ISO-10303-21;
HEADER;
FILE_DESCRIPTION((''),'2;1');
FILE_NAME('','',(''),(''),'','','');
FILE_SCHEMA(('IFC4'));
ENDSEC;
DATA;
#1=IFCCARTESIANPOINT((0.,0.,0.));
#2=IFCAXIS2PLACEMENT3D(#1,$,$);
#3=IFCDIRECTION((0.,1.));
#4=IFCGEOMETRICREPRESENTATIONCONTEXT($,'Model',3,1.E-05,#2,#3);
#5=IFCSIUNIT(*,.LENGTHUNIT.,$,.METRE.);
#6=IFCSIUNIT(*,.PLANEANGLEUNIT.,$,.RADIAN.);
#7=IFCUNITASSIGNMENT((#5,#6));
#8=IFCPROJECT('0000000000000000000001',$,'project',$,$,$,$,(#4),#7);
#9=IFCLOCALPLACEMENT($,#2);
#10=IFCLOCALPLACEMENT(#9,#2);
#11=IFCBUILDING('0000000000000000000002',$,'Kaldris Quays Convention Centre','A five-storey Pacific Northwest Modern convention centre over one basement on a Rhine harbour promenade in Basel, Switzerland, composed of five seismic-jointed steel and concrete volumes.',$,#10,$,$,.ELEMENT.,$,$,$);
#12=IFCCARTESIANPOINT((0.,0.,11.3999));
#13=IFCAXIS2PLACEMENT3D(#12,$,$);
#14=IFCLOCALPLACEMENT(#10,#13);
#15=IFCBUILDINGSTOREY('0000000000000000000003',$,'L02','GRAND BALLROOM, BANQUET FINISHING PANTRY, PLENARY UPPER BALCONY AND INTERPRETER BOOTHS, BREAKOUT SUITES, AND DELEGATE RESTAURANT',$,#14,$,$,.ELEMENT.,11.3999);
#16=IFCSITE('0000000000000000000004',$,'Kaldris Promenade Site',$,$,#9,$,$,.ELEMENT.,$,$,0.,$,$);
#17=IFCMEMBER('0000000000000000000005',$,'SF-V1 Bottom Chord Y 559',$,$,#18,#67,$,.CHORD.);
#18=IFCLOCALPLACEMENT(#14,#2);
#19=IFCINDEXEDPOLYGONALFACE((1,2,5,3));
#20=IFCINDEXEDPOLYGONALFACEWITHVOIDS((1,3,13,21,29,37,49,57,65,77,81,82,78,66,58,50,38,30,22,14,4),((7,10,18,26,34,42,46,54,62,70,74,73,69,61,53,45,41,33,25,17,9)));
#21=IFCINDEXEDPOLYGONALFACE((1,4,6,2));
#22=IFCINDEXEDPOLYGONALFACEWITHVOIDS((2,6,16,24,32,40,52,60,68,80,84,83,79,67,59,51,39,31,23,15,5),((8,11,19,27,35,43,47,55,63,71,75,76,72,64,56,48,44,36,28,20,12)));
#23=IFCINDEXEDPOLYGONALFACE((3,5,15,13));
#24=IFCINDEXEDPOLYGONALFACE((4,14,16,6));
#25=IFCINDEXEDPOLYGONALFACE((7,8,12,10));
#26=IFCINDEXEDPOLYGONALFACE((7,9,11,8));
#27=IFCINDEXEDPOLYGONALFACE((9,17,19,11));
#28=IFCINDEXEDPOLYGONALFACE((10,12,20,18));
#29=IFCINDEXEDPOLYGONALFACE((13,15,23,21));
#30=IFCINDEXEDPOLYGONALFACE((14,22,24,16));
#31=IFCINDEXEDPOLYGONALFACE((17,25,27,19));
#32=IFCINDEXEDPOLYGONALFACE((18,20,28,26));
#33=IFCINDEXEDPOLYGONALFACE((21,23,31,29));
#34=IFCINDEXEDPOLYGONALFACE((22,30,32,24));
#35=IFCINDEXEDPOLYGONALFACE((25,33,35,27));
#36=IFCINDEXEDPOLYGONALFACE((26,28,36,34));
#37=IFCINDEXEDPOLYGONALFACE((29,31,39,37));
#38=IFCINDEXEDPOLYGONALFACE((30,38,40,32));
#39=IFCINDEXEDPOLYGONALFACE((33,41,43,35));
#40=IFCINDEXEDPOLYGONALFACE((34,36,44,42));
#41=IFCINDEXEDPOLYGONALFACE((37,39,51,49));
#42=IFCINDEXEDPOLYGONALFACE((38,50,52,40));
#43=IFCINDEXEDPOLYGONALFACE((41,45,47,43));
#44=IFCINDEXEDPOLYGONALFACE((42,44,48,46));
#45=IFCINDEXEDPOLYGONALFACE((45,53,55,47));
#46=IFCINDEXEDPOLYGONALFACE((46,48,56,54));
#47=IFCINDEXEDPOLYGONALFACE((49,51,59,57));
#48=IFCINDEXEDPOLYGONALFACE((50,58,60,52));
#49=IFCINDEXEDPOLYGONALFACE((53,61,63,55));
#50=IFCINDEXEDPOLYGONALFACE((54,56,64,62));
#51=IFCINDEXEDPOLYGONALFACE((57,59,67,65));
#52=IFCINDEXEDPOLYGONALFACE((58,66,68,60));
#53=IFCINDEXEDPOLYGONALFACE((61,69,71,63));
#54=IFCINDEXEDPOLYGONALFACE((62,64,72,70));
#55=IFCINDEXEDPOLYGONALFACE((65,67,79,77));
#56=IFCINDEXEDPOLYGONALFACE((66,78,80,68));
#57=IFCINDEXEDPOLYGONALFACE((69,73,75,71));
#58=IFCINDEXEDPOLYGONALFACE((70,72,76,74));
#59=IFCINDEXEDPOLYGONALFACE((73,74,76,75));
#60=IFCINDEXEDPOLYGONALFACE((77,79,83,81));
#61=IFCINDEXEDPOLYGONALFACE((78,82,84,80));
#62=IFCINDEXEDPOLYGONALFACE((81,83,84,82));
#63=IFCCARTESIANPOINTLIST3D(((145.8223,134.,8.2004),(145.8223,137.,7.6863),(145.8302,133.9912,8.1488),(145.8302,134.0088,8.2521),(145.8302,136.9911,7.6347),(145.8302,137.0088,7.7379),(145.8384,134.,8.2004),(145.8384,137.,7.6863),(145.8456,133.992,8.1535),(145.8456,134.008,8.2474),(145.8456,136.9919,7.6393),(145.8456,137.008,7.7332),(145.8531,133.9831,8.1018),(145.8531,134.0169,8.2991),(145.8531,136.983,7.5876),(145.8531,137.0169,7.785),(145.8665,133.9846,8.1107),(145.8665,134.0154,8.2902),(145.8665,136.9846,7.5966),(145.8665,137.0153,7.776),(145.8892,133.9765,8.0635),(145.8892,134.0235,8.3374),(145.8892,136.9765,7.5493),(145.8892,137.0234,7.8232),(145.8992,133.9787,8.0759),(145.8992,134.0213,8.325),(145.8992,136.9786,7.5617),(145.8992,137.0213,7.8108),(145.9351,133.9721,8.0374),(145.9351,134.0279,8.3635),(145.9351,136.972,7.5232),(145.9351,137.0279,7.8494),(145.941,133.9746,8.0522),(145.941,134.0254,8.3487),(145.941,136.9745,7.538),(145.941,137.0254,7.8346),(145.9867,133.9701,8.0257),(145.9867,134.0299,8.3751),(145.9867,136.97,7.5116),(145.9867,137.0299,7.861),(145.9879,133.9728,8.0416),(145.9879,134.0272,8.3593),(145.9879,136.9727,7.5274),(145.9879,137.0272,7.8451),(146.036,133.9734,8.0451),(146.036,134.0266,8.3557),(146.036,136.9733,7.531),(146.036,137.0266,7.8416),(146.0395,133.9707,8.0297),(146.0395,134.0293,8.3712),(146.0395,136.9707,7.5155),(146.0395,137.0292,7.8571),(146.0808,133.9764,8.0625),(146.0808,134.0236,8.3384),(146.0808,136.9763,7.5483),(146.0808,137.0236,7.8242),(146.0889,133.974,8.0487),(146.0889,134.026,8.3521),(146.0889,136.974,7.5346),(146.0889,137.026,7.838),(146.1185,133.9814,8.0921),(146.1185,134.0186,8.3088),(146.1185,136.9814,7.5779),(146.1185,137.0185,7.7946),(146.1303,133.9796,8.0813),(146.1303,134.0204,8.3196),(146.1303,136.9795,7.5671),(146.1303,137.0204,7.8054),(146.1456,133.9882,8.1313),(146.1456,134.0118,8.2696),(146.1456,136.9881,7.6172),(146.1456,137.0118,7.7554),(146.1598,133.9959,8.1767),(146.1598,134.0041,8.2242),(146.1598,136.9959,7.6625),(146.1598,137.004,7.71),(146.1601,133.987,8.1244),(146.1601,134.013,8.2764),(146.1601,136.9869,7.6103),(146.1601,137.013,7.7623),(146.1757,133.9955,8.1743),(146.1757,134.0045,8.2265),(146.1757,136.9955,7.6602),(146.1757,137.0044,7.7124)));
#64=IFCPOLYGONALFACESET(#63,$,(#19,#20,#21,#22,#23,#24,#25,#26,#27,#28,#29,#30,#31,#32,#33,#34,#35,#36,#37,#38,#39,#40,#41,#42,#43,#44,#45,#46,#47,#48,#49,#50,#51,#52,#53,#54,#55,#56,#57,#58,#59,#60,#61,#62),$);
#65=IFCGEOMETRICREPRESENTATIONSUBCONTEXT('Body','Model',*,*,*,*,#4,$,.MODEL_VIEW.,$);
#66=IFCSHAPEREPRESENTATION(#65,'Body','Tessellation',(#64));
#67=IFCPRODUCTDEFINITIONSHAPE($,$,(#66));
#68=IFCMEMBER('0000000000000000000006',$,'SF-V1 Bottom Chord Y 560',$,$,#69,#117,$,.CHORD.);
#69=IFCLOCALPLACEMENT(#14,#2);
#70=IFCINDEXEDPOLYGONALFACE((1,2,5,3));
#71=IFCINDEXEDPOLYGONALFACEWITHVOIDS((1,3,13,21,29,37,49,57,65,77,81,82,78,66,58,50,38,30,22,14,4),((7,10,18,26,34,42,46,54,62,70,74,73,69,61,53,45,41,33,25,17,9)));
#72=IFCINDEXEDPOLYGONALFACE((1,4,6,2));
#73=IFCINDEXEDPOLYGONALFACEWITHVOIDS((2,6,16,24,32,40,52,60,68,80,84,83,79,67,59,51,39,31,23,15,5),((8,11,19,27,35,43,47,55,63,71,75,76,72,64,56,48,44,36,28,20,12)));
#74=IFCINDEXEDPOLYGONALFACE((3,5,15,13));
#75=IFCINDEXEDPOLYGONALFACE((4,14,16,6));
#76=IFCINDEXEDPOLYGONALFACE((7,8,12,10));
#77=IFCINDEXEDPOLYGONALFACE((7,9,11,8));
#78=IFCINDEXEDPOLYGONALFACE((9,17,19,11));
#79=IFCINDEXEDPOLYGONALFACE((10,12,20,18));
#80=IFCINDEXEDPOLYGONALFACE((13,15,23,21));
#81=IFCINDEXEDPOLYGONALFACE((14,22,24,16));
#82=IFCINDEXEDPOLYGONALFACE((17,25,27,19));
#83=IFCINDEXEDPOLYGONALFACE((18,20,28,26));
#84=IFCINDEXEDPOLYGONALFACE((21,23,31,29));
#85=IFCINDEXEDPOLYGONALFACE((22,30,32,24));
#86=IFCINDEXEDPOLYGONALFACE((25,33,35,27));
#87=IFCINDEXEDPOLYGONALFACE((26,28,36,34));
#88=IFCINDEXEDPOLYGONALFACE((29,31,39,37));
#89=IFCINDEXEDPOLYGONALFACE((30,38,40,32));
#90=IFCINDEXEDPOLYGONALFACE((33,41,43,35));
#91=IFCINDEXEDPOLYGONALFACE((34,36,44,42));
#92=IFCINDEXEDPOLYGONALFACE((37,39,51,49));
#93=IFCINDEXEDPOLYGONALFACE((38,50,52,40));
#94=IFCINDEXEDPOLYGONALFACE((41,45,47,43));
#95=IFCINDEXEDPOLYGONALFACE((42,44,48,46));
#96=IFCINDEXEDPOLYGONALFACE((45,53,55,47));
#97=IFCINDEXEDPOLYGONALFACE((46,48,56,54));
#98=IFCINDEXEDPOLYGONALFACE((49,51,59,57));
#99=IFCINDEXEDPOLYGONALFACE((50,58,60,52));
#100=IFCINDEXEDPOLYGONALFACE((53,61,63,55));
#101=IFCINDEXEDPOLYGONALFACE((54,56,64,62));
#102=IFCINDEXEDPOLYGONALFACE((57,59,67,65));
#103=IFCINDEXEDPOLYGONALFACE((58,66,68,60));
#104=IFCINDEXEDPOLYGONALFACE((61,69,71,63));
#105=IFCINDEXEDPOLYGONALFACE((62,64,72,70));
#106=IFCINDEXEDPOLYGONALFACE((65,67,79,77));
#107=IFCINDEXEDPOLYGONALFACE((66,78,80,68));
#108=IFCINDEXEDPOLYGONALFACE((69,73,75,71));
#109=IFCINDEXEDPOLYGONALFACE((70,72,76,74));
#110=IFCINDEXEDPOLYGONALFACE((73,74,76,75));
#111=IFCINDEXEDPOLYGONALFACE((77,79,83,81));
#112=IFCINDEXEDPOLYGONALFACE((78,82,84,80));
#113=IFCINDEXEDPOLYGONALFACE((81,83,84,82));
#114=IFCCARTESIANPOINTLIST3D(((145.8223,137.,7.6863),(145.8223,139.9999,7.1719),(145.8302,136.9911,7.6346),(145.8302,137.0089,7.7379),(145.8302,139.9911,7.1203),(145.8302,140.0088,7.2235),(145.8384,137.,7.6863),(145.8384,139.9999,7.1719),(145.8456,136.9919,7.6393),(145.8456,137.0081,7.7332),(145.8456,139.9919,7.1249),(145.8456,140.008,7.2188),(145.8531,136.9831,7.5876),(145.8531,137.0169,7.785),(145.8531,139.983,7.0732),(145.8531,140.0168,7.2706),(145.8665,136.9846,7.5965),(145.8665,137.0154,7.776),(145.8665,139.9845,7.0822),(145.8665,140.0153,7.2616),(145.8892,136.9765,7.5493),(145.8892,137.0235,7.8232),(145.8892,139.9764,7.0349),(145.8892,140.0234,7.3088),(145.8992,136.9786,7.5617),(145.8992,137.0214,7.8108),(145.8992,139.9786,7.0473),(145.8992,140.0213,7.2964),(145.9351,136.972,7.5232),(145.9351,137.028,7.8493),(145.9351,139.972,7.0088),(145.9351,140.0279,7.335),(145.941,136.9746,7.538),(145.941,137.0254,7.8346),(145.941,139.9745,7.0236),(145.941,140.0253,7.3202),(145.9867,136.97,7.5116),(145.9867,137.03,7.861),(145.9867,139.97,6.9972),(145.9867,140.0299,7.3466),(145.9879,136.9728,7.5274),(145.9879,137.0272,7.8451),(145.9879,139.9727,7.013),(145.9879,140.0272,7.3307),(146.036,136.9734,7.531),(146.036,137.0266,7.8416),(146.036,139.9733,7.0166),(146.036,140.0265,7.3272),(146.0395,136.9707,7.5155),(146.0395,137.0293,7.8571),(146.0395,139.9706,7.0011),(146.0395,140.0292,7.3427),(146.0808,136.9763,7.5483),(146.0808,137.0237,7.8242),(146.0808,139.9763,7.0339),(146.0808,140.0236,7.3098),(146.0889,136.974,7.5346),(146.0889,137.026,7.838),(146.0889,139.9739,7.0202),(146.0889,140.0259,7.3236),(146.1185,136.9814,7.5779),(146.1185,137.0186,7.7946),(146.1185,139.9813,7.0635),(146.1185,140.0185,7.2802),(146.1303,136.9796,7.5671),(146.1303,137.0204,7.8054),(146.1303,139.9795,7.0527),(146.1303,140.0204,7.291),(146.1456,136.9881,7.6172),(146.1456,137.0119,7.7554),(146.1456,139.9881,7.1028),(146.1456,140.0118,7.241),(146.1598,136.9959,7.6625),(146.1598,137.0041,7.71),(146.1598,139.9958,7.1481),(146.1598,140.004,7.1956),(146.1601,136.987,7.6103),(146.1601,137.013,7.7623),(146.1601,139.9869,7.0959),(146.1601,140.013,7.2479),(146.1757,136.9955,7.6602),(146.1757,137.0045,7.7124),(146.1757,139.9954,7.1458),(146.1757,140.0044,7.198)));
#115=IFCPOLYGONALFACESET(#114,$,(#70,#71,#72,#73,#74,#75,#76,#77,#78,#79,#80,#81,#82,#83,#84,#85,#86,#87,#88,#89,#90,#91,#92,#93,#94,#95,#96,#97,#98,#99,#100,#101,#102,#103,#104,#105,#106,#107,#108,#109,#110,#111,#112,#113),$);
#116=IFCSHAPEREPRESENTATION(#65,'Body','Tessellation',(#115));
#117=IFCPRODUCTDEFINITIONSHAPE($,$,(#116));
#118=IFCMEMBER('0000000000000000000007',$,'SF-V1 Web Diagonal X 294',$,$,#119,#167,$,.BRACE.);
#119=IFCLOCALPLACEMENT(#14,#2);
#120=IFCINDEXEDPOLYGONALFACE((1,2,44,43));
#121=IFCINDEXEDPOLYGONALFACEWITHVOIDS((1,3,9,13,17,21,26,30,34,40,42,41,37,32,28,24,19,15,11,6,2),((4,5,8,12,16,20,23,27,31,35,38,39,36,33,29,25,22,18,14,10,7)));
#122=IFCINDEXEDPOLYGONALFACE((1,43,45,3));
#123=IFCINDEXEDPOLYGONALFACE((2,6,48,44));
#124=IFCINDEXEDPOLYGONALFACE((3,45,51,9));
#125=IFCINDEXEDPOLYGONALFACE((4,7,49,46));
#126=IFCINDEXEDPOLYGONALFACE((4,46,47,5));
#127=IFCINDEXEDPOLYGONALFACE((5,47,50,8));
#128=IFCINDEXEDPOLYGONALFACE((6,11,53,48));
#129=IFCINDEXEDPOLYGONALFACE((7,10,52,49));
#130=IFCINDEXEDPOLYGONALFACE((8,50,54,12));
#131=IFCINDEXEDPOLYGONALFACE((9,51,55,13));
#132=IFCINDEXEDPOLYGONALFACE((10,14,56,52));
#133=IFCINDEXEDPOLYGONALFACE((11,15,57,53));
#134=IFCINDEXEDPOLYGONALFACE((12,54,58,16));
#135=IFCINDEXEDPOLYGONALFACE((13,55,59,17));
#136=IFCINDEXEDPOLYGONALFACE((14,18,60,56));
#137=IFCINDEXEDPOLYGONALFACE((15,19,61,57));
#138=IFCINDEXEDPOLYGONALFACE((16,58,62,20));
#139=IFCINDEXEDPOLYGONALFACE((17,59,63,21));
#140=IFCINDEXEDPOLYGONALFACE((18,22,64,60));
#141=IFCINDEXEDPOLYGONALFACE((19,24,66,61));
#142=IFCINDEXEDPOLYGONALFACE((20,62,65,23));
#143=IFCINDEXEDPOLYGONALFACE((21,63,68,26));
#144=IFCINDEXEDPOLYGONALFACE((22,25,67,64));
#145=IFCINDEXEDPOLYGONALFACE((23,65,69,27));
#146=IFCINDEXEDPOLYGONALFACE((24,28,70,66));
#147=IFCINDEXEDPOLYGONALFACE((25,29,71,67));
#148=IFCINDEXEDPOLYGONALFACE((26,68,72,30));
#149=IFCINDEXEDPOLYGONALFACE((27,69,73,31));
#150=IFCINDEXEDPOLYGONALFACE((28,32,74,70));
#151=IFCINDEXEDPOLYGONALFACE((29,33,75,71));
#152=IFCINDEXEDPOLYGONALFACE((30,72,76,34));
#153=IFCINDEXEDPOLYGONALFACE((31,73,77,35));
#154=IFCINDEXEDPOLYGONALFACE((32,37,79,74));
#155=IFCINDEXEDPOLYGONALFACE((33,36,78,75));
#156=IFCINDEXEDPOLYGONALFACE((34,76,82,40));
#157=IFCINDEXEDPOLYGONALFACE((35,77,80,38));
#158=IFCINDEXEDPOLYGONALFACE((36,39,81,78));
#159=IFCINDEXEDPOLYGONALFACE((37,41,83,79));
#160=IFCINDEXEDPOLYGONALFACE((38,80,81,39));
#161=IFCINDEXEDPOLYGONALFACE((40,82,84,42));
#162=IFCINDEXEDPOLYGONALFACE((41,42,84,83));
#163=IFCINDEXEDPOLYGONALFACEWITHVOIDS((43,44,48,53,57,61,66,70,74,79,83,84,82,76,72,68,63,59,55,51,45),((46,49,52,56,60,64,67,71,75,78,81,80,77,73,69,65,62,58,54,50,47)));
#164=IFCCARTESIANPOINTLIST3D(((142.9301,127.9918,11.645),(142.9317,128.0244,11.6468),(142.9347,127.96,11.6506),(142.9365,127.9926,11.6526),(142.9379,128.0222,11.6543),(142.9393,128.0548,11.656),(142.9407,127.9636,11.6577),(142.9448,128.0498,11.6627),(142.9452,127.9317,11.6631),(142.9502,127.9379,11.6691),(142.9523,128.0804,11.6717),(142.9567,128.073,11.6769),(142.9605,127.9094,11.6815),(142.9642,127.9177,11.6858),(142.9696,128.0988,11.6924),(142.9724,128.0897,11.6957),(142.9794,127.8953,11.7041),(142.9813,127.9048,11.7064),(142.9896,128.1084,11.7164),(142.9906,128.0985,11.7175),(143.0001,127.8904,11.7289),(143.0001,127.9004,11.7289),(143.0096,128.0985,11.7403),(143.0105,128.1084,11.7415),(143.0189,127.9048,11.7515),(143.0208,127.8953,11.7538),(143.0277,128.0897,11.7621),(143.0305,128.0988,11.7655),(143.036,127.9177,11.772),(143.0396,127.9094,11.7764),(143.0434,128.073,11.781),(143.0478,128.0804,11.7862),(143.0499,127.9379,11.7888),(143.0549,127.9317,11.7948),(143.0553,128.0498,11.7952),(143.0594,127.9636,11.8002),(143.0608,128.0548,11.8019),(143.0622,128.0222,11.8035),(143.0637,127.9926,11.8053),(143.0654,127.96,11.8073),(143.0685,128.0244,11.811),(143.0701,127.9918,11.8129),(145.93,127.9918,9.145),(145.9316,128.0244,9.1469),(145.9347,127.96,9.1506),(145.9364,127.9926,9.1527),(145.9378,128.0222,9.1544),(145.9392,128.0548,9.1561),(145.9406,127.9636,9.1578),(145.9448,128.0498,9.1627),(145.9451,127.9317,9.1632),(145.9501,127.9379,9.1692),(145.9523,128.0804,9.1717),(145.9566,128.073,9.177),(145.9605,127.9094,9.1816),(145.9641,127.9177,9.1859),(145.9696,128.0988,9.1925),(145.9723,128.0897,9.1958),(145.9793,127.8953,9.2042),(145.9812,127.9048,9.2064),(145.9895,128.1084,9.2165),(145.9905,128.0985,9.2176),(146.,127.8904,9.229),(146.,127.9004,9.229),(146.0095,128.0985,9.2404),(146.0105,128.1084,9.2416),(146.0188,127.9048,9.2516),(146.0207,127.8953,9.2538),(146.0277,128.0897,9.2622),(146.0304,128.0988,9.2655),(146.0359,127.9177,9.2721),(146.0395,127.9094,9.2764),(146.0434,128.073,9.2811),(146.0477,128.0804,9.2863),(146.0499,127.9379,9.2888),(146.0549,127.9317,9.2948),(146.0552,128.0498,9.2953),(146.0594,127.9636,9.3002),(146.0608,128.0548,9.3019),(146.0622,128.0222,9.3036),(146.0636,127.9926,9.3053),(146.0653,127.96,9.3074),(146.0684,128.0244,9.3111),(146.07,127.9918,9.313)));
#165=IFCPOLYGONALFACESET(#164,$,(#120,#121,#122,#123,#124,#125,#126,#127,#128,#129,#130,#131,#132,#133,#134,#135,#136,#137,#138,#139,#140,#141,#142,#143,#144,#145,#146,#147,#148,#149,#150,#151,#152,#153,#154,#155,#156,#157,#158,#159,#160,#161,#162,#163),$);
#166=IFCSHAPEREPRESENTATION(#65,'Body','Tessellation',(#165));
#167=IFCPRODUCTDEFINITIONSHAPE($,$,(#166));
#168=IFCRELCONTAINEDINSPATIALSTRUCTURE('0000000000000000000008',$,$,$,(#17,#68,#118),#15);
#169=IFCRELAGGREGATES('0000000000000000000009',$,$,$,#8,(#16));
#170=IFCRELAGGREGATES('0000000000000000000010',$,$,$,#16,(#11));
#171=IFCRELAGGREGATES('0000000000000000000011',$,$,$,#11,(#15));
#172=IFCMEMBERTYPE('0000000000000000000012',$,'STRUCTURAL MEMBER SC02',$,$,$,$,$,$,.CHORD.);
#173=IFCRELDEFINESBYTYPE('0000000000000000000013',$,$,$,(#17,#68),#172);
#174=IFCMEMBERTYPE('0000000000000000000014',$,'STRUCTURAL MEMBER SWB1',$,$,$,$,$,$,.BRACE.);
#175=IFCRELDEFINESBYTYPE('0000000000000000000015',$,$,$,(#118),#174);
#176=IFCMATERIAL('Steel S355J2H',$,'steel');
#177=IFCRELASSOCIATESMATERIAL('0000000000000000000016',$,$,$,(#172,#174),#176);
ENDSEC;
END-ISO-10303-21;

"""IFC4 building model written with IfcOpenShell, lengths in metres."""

from ifc_helpers import new_model, si_unit, direction, frame, origin, origin_2d, place, context, subcontext, project, spatial, hollow_circle, extrude, material, material_profile, profile_set, type_object, element, save


model = new_model("IFC4")

# Units and contexts
model_context = context("Model", 3, precision=1e-05, world=origin(), true_north=direction((0.0, 1.0)))
body_context = subcontext(model_context, "Body", "Model", "MODEL_VIEW")
ifc_project = project(units=[si_unit("LENGTHUNIT", "METRE"), si_unit("PLANEANGLEUNIT", "RADIAN")], contexts=[model_context])

# Site, building, storey
site_placement = place(None, origin())
site = spatial("IfcSite", under=ifc_project, at=site_placement, Name="Kaldris Promenade Site", CompositionType="ELEMENT", RefElevation=0.0)
building_placement = place(site_placement, origin())
building = spatial("IfcBuilding", under=site, at=building_placement, Name="Kaldris Quays Convention Centre", Description="A five-storey Pacific Northwest Modern convention centre over one basement on a Rhine harbour promenade in Basel, Switzerland, composed of five seismic-jointed steel and concrete volumes.", CompositionType="ELEMENT")
storey_placement = place(building_placement, frame((0.0, 0.0, 11.3999)))
storey = spatial("IfcBuildingStorey", under=building, at=storey_placement, Name="L02", Description="GRAND BALLROOM, BANQUET FINISHING PANTRY, PLENARY UPPER BALCONY AND INTERPRETER BOOTHS, BREAKOUT SUITES, AND DELEGATE RESTAURANT", CompositionType="ELEMENT", Elevation=11.3999)

# Members
ifc_material_1 = material(Name="Steel S355J2H", Category="steel")
ifc_material_profile_1 = material_profile(ifc_material_1, hollow_circle(Radius=0.1777, WallThickness=0.0161, at=origin_2d()), Name="CHS 355.6x16")
ifc_profile_set_1 = profile_set([ifc_material_profile_1], Name="Steel S355J2H")
member_type_1 = type_object("IfcMemberType", Name="STRUCTURAL MEMBER SC02", PredefinedType="CHORD", material=ifc_profile_set_1)
for number, where, z_axis, x_axis, name in (
    (1, (146.0, 134.0, 8.2004), (0.0, 0.985629, -0.168924), (-1.0, 0.0, 0.0), "SF-V1 Bottom Chord Y 559"),
    (2, (146.0, 137.0, 7.6863), (0.0, 0.985616, -0.169002), (-1.0, 0.0, 0.0), "SF-V1 Bottom Chord Y 560"),
):
    element("IfcMember", number, at=place(storey_placement, frame(where, z_axis=z_axis, x_axis=x_axis)), inside=storey, type_object=member_type_1, Name=name, PredefinedType="CHORD", context=body_context, shape_type="SweptSolid", body=[
        extrude(hollow_circle(Radius=0.1777, WallThickness=0.0161, at=origin_2d()), origin(), (0.0, 0.0, 1.0), 3.0437),
    ])
ifc_material_profile_2 = material_profile(ifc_material_1, hollow_circle(Radius=0.1096, WallThickness=0.01, at=origin_2d()), Name="CHS 219.1x10")
ifc_profile_set_2 = profile_set([ifc_material_profile_2], Name="Steel S355J2H")
member_type_2 = type_object("IfcMemberType", Name="STRUCTURAL MEMBER SWB1", PredefinedType="BRACE", material=ifc_profile_set_2)
for number, where, z_axis, x_axis, name in (
    (3, (146.0, 128.0, 9.229), (-0.768221, 0.0, 0.640184), (0.0, -1.0, 0.0), "SF-V1 Web Diagonal X 294"),
):
    element("IfcMember", number, at=place(storey_placement, frame(where, z_axis=z_axis, x_axis=x_axis)), inside=storey, type_object=member_type_2, Name=name, PredefinedType="BRACE", context=body_context, shape_type="SweptSolid", body=[
        extrude(hollow_circle(Radius=0.1096, WallThickness=0.01, at=origin_2d()), origin(), (0.0, 0.0, 1.0), 3.905),
    ])

save(model, "model.ifc")
